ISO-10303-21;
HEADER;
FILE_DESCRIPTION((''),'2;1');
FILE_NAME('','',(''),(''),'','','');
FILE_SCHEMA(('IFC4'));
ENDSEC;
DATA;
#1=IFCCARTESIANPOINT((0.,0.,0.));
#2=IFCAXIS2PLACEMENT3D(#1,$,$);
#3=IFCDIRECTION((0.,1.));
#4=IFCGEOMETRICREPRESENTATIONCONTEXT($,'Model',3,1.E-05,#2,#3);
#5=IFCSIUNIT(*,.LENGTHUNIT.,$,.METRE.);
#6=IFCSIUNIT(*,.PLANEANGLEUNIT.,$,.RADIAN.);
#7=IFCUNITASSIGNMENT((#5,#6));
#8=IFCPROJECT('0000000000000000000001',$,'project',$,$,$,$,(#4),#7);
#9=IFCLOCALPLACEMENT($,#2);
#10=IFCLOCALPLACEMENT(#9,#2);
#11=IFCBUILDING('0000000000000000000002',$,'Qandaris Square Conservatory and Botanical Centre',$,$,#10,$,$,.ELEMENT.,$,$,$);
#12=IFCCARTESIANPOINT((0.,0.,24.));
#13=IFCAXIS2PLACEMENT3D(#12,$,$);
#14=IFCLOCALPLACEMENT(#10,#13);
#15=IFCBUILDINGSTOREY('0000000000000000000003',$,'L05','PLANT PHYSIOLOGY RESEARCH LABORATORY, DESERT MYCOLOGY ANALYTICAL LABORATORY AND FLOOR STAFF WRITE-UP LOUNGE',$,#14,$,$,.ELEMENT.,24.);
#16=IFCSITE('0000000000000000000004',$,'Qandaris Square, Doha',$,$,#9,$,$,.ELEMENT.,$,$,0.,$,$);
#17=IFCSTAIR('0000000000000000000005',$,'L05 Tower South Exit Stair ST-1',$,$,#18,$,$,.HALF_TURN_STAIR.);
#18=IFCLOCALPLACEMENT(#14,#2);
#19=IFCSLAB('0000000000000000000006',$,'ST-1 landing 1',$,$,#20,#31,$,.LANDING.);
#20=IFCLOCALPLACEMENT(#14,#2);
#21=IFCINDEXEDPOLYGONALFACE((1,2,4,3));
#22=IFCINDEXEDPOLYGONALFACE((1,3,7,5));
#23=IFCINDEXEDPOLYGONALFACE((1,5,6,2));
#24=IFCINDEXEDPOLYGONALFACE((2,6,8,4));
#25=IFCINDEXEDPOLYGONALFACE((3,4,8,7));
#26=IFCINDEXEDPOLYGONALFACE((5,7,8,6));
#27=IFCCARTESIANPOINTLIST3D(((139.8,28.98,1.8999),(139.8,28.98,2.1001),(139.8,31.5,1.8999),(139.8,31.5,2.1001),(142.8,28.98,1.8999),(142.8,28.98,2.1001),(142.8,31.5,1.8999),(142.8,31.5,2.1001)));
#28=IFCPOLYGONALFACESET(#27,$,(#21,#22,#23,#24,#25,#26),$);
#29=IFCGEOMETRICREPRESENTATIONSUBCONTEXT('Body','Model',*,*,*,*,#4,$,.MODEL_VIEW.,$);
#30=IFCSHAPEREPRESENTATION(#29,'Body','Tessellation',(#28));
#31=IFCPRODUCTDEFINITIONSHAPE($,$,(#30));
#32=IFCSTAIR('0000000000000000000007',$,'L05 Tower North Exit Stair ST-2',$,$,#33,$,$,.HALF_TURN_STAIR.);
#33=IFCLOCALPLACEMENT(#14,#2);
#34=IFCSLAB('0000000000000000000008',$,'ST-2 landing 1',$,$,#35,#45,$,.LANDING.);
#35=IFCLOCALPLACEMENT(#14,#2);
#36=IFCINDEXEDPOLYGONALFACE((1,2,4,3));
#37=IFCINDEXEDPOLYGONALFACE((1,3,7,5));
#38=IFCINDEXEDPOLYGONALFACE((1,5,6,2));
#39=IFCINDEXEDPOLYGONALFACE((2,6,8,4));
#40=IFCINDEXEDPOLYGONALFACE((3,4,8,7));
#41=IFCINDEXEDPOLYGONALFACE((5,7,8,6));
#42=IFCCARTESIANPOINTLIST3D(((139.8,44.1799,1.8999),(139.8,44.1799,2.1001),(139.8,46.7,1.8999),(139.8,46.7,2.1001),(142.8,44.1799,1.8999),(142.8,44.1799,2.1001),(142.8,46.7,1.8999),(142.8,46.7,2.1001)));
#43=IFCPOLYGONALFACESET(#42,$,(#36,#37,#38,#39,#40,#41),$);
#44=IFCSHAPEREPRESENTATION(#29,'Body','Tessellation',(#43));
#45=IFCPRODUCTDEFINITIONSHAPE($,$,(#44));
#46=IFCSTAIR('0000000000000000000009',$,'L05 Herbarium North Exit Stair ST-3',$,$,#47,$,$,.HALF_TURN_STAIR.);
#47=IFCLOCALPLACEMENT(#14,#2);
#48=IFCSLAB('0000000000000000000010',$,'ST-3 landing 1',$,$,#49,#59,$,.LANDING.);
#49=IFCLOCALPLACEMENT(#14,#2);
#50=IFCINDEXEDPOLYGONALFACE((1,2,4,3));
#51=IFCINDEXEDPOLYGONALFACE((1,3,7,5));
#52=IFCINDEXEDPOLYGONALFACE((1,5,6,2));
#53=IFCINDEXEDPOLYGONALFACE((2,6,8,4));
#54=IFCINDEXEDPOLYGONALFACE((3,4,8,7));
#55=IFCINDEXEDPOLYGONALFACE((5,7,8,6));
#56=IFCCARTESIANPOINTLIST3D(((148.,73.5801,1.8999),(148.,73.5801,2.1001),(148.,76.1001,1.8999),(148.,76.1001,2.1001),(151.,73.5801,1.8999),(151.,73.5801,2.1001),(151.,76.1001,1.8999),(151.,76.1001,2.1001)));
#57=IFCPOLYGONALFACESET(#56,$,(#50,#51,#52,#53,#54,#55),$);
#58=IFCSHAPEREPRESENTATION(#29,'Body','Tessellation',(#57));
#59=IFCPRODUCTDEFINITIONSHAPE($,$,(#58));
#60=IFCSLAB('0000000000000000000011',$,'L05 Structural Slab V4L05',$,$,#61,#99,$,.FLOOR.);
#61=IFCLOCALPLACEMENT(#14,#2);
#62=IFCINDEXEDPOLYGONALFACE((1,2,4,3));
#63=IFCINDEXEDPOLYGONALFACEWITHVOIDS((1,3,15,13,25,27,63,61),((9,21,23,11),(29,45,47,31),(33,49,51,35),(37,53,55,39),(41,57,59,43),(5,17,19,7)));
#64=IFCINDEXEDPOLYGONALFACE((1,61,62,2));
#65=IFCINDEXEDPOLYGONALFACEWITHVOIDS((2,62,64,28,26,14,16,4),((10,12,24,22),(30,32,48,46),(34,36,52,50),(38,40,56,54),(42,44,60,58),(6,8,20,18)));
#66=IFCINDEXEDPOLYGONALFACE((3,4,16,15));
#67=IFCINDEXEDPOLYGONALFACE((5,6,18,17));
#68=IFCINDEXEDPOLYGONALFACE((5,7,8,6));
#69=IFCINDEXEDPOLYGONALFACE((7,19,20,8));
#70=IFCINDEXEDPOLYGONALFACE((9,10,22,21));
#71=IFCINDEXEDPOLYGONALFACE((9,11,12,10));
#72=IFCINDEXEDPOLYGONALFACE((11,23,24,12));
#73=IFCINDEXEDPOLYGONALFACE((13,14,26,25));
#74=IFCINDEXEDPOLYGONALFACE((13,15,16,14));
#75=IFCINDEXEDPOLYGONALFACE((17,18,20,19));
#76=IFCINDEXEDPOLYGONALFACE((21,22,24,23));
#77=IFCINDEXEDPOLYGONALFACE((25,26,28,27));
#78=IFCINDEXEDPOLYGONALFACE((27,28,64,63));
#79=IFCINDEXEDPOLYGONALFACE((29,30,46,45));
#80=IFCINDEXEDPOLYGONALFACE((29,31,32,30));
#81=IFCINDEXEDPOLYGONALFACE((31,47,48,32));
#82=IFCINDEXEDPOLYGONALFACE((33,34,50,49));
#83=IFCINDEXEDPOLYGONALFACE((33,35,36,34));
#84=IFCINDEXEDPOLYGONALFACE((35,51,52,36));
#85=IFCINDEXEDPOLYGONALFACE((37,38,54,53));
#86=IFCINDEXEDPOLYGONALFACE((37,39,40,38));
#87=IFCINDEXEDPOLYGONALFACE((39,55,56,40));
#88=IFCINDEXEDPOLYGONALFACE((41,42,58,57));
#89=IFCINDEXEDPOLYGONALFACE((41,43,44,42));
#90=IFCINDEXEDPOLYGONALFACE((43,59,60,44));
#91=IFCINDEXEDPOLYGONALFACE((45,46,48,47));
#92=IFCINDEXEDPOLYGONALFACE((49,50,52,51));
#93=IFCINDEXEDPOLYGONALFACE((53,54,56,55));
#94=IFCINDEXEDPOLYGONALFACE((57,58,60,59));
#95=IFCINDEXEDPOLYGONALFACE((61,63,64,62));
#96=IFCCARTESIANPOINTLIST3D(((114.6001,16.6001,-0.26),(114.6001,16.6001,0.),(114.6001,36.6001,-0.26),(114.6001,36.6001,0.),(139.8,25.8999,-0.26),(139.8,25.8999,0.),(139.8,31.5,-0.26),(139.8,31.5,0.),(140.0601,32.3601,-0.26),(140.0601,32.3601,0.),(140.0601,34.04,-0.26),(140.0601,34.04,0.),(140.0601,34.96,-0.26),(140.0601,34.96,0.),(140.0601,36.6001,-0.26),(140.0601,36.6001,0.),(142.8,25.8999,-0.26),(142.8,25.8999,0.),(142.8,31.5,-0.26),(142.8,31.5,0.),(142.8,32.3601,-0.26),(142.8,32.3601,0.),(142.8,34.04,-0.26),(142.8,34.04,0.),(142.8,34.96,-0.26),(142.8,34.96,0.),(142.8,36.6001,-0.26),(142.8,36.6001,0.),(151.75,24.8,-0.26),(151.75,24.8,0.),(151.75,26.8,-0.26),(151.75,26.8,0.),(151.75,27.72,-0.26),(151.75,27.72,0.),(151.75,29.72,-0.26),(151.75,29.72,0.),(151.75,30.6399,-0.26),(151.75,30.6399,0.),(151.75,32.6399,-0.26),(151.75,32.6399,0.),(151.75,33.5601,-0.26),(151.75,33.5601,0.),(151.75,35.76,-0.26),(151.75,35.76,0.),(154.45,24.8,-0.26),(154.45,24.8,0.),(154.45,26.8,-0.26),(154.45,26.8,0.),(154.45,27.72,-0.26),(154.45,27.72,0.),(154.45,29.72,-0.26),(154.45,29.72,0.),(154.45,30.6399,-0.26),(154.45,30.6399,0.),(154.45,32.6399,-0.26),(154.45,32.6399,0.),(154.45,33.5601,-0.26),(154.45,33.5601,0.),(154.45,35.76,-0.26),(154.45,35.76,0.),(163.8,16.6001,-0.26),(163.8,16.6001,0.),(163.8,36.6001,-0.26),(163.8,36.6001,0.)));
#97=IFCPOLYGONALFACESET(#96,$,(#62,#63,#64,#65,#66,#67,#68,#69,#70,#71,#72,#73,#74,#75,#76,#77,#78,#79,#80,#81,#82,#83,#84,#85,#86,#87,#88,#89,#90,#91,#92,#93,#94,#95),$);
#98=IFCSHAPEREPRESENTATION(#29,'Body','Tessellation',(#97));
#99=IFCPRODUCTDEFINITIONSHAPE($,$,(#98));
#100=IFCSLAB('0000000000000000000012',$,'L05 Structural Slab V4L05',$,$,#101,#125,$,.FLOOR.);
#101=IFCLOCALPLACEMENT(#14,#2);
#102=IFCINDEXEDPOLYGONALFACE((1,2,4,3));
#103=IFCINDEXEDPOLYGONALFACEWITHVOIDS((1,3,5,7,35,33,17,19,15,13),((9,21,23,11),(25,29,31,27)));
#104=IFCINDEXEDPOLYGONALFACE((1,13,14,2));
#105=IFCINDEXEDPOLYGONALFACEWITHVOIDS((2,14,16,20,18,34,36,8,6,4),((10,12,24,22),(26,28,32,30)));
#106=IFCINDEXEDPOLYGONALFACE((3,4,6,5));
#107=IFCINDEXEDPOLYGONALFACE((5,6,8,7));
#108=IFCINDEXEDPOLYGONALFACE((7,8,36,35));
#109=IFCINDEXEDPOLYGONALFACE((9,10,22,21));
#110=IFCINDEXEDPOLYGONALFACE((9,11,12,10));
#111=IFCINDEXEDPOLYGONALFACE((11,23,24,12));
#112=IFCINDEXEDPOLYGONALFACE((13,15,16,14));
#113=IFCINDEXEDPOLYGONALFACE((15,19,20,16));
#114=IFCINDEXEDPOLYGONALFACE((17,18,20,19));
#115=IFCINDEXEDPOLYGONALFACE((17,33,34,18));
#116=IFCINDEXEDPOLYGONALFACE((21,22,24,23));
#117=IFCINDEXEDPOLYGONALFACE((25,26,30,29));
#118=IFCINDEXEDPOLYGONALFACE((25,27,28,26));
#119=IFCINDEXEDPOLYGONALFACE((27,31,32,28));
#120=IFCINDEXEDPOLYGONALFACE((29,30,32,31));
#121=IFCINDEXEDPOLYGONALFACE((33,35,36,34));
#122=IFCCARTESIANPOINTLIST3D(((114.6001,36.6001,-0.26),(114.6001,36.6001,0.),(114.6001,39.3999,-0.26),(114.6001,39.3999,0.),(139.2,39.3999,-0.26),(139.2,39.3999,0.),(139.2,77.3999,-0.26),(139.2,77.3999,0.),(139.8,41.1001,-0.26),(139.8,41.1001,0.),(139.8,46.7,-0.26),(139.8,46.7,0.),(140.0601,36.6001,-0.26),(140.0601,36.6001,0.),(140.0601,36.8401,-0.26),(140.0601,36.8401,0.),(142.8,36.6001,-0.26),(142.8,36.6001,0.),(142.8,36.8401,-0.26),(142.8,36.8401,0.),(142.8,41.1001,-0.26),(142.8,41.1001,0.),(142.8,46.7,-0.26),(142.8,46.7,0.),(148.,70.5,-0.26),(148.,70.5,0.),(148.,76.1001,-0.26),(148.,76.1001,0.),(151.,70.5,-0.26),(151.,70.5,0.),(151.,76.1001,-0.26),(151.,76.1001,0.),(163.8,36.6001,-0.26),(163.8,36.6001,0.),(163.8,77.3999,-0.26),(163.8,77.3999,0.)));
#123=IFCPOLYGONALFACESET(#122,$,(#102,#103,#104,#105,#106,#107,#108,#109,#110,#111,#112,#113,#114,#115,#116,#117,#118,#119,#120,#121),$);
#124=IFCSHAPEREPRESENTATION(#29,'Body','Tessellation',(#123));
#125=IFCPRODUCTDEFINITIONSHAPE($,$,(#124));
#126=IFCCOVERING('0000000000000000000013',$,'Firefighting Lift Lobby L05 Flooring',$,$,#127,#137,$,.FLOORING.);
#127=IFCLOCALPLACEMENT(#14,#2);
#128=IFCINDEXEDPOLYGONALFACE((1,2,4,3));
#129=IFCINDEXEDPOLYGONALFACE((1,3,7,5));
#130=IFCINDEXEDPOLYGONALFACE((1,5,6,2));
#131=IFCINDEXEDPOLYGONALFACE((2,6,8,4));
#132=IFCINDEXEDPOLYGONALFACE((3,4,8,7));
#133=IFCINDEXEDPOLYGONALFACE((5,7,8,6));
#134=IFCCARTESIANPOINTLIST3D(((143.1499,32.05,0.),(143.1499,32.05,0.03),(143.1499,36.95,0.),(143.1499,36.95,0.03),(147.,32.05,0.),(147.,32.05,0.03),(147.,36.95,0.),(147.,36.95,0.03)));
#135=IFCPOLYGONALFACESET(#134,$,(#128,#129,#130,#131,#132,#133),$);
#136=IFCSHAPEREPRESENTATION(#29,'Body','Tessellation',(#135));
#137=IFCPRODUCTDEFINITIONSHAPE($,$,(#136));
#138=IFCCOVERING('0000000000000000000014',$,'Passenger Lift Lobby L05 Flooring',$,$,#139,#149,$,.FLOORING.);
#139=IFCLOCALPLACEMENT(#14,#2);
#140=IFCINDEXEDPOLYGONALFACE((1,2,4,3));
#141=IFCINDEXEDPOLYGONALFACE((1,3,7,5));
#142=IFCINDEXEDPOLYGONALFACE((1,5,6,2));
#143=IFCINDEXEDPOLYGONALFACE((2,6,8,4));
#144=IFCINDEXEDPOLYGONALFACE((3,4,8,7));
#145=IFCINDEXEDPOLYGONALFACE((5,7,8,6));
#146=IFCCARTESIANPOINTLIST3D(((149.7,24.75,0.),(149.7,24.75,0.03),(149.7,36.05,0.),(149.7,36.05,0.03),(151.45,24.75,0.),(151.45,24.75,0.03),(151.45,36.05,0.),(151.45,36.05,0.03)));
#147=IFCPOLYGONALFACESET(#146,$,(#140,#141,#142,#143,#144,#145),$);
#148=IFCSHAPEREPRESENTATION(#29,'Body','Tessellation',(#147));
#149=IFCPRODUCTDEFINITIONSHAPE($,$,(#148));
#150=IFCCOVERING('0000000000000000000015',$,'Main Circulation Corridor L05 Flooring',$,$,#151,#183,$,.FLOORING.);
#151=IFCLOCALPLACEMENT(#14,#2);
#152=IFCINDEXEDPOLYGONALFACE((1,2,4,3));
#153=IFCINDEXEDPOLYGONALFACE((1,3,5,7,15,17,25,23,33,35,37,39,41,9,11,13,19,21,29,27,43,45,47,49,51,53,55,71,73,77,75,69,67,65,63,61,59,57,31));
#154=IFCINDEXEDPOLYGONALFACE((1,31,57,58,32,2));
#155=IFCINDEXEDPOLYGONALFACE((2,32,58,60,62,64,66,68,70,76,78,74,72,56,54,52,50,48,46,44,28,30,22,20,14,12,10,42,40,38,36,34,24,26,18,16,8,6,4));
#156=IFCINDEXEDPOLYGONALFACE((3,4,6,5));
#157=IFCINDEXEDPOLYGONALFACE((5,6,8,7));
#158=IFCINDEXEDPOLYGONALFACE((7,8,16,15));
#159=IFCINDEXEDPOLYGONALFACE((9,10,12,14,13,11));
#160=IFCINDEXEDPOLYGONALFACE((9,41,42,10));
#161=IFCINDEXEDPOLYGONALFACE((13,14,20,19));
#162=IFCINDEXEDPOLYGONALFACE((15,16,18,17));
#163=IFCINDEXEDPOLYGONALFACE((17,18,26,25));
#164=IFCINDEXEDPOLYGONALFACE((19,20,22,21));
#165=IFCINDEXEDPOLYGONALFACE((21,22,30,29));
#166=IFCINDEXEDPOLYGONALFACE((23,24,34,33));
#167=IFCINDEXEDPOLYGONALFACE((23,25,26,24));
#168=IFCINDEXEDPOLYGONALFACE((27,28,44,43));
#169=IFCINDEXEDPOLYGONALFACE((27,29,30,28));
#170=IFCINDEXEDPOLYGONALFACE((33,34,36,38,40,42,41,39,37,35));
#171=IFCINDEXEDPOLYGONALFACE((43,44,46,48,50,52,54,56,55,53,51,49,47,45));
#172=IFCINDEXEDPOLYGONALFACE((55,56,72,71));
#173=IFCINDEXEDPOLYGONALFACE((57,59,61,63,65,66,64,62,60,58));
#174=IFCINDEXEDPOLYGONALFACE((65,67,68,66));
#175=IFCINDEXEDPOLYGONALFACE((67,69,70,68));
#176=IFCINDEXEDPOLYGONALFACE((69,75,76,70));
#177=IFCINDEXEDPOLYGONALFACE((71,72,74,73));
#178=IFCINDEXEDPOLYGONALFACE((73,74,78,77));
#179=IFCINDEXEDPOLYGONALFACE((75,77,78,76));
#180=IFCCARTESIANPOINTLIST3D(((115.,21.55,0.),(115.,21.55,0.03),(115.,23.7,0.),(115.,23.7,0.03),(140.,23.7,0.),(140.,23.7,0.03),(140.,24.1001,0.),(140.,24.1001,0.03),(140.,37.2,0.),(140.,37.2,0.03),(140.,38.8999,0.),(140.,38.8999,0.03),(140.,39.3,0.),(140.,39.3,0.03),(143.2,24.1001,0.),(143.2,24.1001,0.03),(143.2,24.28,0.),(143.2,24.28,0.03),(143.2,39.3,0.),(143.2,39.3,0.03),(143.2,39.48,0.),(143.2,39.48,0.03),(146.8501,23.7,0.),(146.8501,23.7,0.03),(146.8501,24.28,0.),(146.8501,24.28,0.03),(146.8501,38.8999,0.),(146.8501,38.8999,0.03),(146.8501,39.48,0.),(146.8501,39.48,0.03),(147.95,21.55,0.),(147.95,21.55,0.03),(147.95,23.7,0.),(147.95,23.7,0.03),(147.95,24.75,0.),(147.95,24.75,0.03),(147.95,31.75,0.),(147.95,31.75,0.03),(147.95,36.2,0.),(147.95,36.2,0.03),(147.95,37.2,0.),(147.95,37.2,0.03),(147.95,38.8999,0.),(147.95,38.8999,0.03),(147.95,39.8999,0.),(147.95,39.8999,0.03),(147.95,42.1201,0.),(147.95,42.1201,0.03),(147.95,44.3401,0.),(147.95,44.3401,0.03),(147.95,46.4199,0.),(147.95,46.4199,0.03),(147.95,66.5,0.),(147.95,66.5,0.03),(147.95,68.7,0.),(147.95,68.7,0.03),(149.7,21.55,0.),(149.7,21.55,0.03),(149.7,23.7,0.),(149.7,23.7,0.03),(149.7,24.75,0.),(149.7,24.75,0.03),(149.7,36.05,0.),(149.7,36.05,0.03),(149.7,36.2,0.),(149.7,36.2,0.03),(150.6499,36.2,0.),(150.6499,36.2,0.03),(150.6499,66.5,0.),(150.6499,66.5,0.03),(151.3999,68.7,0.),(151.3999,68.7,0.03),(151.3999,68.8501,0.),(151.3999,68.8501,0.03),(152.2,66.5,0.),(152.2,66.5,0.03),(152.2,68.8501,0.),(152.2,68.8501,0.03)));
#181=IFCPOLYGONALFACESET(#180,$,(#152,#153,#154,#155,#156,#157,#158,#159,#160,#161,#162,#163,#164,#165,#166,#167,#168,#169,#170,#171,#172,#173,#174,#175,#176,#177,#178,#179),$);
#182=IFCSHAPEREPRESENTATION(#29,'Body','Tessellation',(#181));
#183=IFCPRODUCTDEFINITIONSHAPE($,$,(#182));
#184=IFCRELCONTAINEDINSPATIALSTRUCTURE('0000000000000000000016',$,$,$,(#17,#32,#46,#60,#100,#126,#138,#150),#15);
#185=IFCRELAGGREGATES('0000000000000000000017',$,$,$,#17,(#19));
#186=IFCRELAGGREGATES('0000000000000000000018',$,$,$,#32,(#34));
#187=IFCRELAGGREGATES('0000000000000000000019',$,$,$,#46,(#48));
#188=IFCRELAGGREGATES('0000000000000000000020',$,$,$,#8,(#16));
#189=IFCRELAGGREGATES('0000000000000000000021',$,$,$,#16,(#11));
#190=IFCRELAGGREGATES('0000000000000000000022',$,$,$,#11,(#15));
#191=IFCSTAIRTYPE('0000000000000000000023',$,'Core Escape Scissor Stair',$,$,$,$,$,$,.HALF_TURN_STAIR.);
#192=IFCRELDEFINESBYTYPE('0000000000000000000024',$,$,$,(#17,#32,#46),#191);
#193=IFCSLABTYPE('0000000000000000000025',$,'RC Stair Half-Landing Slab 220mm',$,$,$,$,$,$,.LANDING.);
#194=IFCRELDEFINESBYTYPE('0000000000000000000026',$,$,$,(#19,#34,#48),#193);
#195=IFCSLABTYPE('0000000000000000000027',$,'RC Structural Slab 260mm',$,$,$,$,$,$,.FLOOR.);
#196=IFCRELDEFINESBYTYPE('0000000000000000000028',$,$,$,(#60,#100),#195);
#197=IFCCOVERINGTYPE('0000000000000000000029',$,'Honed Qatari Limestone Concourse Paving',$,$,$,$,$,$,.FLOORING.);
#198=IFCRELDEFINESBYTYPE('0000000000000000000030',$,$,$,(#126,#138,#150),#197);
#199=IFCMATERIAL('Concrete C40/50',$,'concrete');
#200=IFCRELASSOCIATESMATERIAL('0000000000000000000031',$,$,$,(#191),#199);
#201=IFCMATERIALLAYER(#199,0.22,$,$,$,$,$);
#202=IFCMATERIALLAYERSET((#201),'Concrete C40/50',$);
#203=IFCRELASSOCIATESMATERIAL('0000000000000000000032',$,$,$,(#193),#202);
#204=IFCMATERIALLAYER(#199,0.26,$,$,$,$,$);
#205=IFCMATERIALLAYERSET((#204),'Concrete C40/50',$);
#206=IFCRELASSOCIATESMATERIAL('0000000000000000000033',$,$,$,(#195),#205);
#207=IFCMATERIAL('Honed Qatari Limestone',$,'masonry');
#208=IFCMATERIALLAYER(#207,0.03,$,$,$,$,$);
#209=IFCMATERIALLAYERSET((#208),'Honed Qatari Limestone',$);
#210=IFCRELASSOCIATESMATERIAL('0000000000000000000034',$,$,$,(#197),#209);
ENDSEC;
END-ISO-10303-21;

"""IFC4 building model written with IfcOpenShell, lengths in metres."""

from ifc_helpers import new_model, si_unit, direction, frame, origin, place, context, subcontext, project, spatial, polyline, outline, extrude, material, layer, layer_set, type_object, element, aggregate, save


model = new_model("IFC4")

# Units and contexts
model_context = context("Model", 3, precision=1e-05, world=origin(), true_north=direction((0.0, 1.0)))
body_context = subcontext(model_context, "Body", "Model", "MODEL_VIEW")
ifc_project = project(units=[si_unit("LENGTHUNIT", "METRE"), si_unit("PLANEANGLEUNIT", "RADIAN")], contexts=[model_context])

# Site, building, storey
site_placement = place(None, origin())
site = spatial("IfcSite", under=ifc_project, at=site_placement, Name="Qandaris Square, Doha", CompositionType="ELEMENT", RefElevation=0.0)
building_placement = place(site_placement, origin())
building = spatial("IfcBuilding", under=site, at=building_placement, Name="Qandaris Square Conservatory and Botanical Centre", CompositionType="ELEMENT")
storey_placement = place(building_placement, frame((0.0, 0.0, 24.0)))
storey = spatial("IfcBuildingStorey", under=building, at=storey_placement, Name="L05", Description="PLANT PHYSIOLOGY RESEARCH LABORATORY, DESERT MYCOLOGY ANALYTICAL LABORATORY AND FLOOR STAFF WRITE-UP LOUNGE", CompositionType="ELEMENT", Elevation=24.0)

# Stairs, slabs
ifc_material_1 = material(Name="Concrete C40/50", Category="concrete")
stair_type = type_object("IfcStairType", Name="Core Escape Scissor Stair", PredefinedType="HALF_TURN_STAIR", material=ifc_material_1)
stair_1_placement = place(storey_placement, origin())
stair_1 = element("IfcStair", 1, at=stair_1_placement, inside=storey, type_object=stair_type, Name="L05 Tower South Exit Stair ST-1", PredefinedType="HALF_TURN_STAIR")
ifc_layer_1 = layer(ifc_material_1, 0.22)
ifc_layer_set_1 = layer_set([ifc_layer_1], Name="Concrete C40/50")
slab_type_1 = type_object("IfcSlabType", Name="RC Stair Half-Landing Slab 220mm", PredefinedType="LANDING", material=ifc_layer_set_1)
slab_1_placement = place(storey_placement, frame((0.0, 0.0, 1.8999)))
slab_1 = element("IfcSlab", 2, at=slab_1_placement, type_object=slab_type_1, Name="ST-1 landing 1", PredefinedType="LANDING", context=body_context, shape_type="SweptSolid", body=[
    extrude(outline(polyline([(142.8, 28.98), (142.8, 31.5), (139.8, 31.5), (139.8, 28.98), (142.8, 28.98)])), origin(), (0.0, 0.0, 1.0), 0.2002),
])
aggregate(stair_1, [slab_1])
stair_2_placement = place(storey_placement, origin())
stair_2 = element("IfcStair", 3, at=stair_2_placement, inside=storey, type_object=stair_type, Name="L05 Tower North Exit Stair ST-2", PredefinedType="HALF_TURN_STAIR")
slab_2_placement = place(storey_placement, frame((0.0, 0.0, 1.8999)))
slab_2 = element("IfcSlab", 4, at=slab_2_placement, type_object=slab_type_1, Name="ST-2 landing 1", PredefinedType="LANDING", context=body_context, shape_type="SweptSolid", body=[
    extrude(outline(polyline([(142.8, 44.1799), (142.8, 46.7), (139.8, 46.7), (139.8, 44.1799), (142.8, 44.1799)])), origin(), (0.0, 0.0, 1.0), 0.2002),
])
aggregate(stair_2, [slab_2])
stair_3_placement = place(storey_placement, origin())
stair_3 = element("IfcStair", 5, at=stair_3_placement, inside=storey, type_object=stair_type, Name="L05 Herbarium North Exit Stair ST-3", PredefinedType="HALF_TURN_STAIR")
slab_3_placement = place(storey_placement, frame((0.0, 0.0, 1.8999)))
slab_3 = element("IfcSlab", 6, at=slab_3_placement, type_object=slab_type_1, Name="ST-3 landing 1", PredefinedType="LANDING", context=body_context, shape_type="SweptSolid", body=[
    extrude(outline(polyline([(151.0, 73.5801), (151.0, 76.1001), (148.0, 76.1001), (148.0, 73.5801), (151.0, 73.5801)])), origin(), (0.0, 0.0, 1.0), 0.2002),
])
aggregate(stair_3, [slab_3])

# Slabs
ifc_layer_2 = layer(ifc_material_1, 0.26)
ifc_layer_set_2 = layer_set([ifc_layer_2], Name="Concrete C40/50")
slab_type_2 = type_object("IfcSlabType", Name="RC Structural Slab 260mm", PredefinedType="FLOOR", material=ifc_layer_set_2)
slab_4_placement = place(storey_placement, frame((0.0, 0.0, -0.26)))
element("IfcSlab", 7, at=slab_4_placement, inside=storey, type_object=slab_type_2, Name="L05 Structural Slab V4L05", PredefinedType="FLOOR", context=body_context, shape_type="SweptSolid", body=[
    extrude(outline(polyline([(163.8, 16.6001), (114.6001, 16.6001), (114.6001, 36.6001), (140.0601, 36.6001), (140.0601, 34.96), (142.8, 34.96), (142.8, 36.6001), (163.8, 36.6001), (163.8, 16.6001)]), holes=[polyline([(151.75, 24.8), (154.45, 24.8), (154.45, 26.8), (151.75, 26.8), (151.75, 24.8)]), polyline([(139.8, 25.8999), (142.8, 25.8999), (142.8, 31.5), (139.8, 31.5), (139.8, 25.8999)]), polyline([(151.75, 27.72), (154.45, 27.72), (154.45, 29.72), (151.75, 29.72), (151.75, 27.72)]), polyline([(151.75, 30.6399), (154.45, 30.6399), (154.45, 32.6399), (151.75, 32.6399), (151.75, 30.6399)]), polyline([(140.0601, 32.3601), (142.8, 32.3601), (142.8, 34.04), (140.0601, 34.04), (140.0601, 32.3601)]), polyline([(151.75, 33.5601), (154.45, 33.5601), (154.45, 35.76), (151.75, 35.76), (151.75, 33.5601)])]), origin(), (0.0, 0.0, 1.0), 0.26),
])
slab_5_placement = place(storey_placement, frame((0.0, 0.0, -0.26)))
element("IfcSlab", 8, at=slab_5_placement, inside=storey, type_object=slab_type_2, Name="L05 Structural Slab V4L05", PredefinedType="FLOOR", context=body_context, shape_type="SweptSolid", body=[
    extrude(outline(polyline([(139.2, 39.3999), (139.2, 77.3999), (163.8, 77.3999), (163.8, 36.6001), (142.8, 36.6001), (142.8, 36.8401), (140.0601, 36.8401), (140.0601, 36.6001), (114.6001, 36.6001), (114.6001, 39.3999), (139.2, 39.3999)]), holes=[polyline([(139.8, 46.7), (139.8, 41.1001), (142.8, 41.1001), (142.8, 46.7), (139.8, 46.7)]), polyline([(148.0, 76.1001), (148.0, 70.5), (151.0, 70.5), (151.0, 76.1001), (148.0, 76.1001)])]), origin(), (0.0, 0.0, 1.0), 0.26),
])

# Coverings
ifc_material_2 = material(Name="Honed Qatari Limestone", Category="masonry")
ifc_layer_3 = layer(ifc_material_2, 0.03)
ifc_layer_set_3 = layer_set([ifc_layer_3], Name="Honed Qatari Limestone")
covering_type_1 = type_object("IfcCoveringType", Name="Honed Qatari Limestone Concourse Paving", PredefinedType="FLOORING", material=ifc_layer_set_3)
covering_1_placement = place(storey_placement, origin())
element("IfcCovering", 9, at=covering_1_placement, inside=storey, type_object=covering_type_1, Name="Firefighting Lift Lobby L05 Flooring", PredefinedType="FLOORING", context=body_context, shape_type="SweptSolid", body=[
    extrude(outline(polyline([(143.1499, 36.95), (147.0, 36.95), (147.0, 32.05), (143.1499, 32.05), (143.1499, 36.95)])), origin(), (0.0, 0.0, 1.0), 0.03),
])
covering_2_placement = place(storey_placement, origin())
element("IfcCovering", 10, at=covering_2_placement, inside=storey, type_object=covering_type_1, Name="Passenger Lift Lobby L05 Flooring", PredefinedType="FLOORING", context=body_context, shape_type="SweptSolid", body=[
    extrude(outline(polyline([(149.7, 36.05), (151.45, 36.05), (151.45, 24.75), (149.7, 24.75), (149.7, 36.05)])), origin(), (0.0, 0.0, 1.0), 0.03),
])
covering_3_placement = place(storey_placement, origin())
element("IfcCovering", 11, at=covering_3_placement, inside=storey, type_object=covering_type_1, Name="Main Circulation Corridor L05 Flooring", PredefinedType="FLOORING", context=body_context, shape_type="SweptSolid", body=[
    extrude(outline(polyline([(140.0, 24.1001), (143.2, 24.1001), (143.2, 24.28), (146.8501, 24.28), (146.8501, 23.7), (147.95, 23.7), (147.95, 24.75), (147.95, 31.75), (147.95, 36.2), (147.95, 37.2), (140.0, 37.2), (140.0, 38.8999), (140.0, 39.3), (143.2, 39.3), (143.2, 39.48), (146.8501, 39.48), (146.8501, 38.8999), (147.95, 38.8999), (147.95, 39.8999), (147.95, 42.1201), (147.95, 44.3401), (147.95, 46.4199), (147.95, 66.5), (147.95, 68.7), (151.3999, 68.7), (151.3999, 68.8501), (152.2, 68.8501), (152.2, 66.5), (150.6499, 66.5), (150.6499, 36.2), (149.7, 36.2), (149.7, 36.05), (149.7, 24.75), (149.7, 23.7), (149.7, 21.55), (147.95, 21.55), (115.0, 21.55), (115.0, 23.7), (140.0, 23.7), (140.0, 24.1001)])), origin(), (0.0, 0.0, 1.0), 0.03),
])

save(model, "model.ifc")
